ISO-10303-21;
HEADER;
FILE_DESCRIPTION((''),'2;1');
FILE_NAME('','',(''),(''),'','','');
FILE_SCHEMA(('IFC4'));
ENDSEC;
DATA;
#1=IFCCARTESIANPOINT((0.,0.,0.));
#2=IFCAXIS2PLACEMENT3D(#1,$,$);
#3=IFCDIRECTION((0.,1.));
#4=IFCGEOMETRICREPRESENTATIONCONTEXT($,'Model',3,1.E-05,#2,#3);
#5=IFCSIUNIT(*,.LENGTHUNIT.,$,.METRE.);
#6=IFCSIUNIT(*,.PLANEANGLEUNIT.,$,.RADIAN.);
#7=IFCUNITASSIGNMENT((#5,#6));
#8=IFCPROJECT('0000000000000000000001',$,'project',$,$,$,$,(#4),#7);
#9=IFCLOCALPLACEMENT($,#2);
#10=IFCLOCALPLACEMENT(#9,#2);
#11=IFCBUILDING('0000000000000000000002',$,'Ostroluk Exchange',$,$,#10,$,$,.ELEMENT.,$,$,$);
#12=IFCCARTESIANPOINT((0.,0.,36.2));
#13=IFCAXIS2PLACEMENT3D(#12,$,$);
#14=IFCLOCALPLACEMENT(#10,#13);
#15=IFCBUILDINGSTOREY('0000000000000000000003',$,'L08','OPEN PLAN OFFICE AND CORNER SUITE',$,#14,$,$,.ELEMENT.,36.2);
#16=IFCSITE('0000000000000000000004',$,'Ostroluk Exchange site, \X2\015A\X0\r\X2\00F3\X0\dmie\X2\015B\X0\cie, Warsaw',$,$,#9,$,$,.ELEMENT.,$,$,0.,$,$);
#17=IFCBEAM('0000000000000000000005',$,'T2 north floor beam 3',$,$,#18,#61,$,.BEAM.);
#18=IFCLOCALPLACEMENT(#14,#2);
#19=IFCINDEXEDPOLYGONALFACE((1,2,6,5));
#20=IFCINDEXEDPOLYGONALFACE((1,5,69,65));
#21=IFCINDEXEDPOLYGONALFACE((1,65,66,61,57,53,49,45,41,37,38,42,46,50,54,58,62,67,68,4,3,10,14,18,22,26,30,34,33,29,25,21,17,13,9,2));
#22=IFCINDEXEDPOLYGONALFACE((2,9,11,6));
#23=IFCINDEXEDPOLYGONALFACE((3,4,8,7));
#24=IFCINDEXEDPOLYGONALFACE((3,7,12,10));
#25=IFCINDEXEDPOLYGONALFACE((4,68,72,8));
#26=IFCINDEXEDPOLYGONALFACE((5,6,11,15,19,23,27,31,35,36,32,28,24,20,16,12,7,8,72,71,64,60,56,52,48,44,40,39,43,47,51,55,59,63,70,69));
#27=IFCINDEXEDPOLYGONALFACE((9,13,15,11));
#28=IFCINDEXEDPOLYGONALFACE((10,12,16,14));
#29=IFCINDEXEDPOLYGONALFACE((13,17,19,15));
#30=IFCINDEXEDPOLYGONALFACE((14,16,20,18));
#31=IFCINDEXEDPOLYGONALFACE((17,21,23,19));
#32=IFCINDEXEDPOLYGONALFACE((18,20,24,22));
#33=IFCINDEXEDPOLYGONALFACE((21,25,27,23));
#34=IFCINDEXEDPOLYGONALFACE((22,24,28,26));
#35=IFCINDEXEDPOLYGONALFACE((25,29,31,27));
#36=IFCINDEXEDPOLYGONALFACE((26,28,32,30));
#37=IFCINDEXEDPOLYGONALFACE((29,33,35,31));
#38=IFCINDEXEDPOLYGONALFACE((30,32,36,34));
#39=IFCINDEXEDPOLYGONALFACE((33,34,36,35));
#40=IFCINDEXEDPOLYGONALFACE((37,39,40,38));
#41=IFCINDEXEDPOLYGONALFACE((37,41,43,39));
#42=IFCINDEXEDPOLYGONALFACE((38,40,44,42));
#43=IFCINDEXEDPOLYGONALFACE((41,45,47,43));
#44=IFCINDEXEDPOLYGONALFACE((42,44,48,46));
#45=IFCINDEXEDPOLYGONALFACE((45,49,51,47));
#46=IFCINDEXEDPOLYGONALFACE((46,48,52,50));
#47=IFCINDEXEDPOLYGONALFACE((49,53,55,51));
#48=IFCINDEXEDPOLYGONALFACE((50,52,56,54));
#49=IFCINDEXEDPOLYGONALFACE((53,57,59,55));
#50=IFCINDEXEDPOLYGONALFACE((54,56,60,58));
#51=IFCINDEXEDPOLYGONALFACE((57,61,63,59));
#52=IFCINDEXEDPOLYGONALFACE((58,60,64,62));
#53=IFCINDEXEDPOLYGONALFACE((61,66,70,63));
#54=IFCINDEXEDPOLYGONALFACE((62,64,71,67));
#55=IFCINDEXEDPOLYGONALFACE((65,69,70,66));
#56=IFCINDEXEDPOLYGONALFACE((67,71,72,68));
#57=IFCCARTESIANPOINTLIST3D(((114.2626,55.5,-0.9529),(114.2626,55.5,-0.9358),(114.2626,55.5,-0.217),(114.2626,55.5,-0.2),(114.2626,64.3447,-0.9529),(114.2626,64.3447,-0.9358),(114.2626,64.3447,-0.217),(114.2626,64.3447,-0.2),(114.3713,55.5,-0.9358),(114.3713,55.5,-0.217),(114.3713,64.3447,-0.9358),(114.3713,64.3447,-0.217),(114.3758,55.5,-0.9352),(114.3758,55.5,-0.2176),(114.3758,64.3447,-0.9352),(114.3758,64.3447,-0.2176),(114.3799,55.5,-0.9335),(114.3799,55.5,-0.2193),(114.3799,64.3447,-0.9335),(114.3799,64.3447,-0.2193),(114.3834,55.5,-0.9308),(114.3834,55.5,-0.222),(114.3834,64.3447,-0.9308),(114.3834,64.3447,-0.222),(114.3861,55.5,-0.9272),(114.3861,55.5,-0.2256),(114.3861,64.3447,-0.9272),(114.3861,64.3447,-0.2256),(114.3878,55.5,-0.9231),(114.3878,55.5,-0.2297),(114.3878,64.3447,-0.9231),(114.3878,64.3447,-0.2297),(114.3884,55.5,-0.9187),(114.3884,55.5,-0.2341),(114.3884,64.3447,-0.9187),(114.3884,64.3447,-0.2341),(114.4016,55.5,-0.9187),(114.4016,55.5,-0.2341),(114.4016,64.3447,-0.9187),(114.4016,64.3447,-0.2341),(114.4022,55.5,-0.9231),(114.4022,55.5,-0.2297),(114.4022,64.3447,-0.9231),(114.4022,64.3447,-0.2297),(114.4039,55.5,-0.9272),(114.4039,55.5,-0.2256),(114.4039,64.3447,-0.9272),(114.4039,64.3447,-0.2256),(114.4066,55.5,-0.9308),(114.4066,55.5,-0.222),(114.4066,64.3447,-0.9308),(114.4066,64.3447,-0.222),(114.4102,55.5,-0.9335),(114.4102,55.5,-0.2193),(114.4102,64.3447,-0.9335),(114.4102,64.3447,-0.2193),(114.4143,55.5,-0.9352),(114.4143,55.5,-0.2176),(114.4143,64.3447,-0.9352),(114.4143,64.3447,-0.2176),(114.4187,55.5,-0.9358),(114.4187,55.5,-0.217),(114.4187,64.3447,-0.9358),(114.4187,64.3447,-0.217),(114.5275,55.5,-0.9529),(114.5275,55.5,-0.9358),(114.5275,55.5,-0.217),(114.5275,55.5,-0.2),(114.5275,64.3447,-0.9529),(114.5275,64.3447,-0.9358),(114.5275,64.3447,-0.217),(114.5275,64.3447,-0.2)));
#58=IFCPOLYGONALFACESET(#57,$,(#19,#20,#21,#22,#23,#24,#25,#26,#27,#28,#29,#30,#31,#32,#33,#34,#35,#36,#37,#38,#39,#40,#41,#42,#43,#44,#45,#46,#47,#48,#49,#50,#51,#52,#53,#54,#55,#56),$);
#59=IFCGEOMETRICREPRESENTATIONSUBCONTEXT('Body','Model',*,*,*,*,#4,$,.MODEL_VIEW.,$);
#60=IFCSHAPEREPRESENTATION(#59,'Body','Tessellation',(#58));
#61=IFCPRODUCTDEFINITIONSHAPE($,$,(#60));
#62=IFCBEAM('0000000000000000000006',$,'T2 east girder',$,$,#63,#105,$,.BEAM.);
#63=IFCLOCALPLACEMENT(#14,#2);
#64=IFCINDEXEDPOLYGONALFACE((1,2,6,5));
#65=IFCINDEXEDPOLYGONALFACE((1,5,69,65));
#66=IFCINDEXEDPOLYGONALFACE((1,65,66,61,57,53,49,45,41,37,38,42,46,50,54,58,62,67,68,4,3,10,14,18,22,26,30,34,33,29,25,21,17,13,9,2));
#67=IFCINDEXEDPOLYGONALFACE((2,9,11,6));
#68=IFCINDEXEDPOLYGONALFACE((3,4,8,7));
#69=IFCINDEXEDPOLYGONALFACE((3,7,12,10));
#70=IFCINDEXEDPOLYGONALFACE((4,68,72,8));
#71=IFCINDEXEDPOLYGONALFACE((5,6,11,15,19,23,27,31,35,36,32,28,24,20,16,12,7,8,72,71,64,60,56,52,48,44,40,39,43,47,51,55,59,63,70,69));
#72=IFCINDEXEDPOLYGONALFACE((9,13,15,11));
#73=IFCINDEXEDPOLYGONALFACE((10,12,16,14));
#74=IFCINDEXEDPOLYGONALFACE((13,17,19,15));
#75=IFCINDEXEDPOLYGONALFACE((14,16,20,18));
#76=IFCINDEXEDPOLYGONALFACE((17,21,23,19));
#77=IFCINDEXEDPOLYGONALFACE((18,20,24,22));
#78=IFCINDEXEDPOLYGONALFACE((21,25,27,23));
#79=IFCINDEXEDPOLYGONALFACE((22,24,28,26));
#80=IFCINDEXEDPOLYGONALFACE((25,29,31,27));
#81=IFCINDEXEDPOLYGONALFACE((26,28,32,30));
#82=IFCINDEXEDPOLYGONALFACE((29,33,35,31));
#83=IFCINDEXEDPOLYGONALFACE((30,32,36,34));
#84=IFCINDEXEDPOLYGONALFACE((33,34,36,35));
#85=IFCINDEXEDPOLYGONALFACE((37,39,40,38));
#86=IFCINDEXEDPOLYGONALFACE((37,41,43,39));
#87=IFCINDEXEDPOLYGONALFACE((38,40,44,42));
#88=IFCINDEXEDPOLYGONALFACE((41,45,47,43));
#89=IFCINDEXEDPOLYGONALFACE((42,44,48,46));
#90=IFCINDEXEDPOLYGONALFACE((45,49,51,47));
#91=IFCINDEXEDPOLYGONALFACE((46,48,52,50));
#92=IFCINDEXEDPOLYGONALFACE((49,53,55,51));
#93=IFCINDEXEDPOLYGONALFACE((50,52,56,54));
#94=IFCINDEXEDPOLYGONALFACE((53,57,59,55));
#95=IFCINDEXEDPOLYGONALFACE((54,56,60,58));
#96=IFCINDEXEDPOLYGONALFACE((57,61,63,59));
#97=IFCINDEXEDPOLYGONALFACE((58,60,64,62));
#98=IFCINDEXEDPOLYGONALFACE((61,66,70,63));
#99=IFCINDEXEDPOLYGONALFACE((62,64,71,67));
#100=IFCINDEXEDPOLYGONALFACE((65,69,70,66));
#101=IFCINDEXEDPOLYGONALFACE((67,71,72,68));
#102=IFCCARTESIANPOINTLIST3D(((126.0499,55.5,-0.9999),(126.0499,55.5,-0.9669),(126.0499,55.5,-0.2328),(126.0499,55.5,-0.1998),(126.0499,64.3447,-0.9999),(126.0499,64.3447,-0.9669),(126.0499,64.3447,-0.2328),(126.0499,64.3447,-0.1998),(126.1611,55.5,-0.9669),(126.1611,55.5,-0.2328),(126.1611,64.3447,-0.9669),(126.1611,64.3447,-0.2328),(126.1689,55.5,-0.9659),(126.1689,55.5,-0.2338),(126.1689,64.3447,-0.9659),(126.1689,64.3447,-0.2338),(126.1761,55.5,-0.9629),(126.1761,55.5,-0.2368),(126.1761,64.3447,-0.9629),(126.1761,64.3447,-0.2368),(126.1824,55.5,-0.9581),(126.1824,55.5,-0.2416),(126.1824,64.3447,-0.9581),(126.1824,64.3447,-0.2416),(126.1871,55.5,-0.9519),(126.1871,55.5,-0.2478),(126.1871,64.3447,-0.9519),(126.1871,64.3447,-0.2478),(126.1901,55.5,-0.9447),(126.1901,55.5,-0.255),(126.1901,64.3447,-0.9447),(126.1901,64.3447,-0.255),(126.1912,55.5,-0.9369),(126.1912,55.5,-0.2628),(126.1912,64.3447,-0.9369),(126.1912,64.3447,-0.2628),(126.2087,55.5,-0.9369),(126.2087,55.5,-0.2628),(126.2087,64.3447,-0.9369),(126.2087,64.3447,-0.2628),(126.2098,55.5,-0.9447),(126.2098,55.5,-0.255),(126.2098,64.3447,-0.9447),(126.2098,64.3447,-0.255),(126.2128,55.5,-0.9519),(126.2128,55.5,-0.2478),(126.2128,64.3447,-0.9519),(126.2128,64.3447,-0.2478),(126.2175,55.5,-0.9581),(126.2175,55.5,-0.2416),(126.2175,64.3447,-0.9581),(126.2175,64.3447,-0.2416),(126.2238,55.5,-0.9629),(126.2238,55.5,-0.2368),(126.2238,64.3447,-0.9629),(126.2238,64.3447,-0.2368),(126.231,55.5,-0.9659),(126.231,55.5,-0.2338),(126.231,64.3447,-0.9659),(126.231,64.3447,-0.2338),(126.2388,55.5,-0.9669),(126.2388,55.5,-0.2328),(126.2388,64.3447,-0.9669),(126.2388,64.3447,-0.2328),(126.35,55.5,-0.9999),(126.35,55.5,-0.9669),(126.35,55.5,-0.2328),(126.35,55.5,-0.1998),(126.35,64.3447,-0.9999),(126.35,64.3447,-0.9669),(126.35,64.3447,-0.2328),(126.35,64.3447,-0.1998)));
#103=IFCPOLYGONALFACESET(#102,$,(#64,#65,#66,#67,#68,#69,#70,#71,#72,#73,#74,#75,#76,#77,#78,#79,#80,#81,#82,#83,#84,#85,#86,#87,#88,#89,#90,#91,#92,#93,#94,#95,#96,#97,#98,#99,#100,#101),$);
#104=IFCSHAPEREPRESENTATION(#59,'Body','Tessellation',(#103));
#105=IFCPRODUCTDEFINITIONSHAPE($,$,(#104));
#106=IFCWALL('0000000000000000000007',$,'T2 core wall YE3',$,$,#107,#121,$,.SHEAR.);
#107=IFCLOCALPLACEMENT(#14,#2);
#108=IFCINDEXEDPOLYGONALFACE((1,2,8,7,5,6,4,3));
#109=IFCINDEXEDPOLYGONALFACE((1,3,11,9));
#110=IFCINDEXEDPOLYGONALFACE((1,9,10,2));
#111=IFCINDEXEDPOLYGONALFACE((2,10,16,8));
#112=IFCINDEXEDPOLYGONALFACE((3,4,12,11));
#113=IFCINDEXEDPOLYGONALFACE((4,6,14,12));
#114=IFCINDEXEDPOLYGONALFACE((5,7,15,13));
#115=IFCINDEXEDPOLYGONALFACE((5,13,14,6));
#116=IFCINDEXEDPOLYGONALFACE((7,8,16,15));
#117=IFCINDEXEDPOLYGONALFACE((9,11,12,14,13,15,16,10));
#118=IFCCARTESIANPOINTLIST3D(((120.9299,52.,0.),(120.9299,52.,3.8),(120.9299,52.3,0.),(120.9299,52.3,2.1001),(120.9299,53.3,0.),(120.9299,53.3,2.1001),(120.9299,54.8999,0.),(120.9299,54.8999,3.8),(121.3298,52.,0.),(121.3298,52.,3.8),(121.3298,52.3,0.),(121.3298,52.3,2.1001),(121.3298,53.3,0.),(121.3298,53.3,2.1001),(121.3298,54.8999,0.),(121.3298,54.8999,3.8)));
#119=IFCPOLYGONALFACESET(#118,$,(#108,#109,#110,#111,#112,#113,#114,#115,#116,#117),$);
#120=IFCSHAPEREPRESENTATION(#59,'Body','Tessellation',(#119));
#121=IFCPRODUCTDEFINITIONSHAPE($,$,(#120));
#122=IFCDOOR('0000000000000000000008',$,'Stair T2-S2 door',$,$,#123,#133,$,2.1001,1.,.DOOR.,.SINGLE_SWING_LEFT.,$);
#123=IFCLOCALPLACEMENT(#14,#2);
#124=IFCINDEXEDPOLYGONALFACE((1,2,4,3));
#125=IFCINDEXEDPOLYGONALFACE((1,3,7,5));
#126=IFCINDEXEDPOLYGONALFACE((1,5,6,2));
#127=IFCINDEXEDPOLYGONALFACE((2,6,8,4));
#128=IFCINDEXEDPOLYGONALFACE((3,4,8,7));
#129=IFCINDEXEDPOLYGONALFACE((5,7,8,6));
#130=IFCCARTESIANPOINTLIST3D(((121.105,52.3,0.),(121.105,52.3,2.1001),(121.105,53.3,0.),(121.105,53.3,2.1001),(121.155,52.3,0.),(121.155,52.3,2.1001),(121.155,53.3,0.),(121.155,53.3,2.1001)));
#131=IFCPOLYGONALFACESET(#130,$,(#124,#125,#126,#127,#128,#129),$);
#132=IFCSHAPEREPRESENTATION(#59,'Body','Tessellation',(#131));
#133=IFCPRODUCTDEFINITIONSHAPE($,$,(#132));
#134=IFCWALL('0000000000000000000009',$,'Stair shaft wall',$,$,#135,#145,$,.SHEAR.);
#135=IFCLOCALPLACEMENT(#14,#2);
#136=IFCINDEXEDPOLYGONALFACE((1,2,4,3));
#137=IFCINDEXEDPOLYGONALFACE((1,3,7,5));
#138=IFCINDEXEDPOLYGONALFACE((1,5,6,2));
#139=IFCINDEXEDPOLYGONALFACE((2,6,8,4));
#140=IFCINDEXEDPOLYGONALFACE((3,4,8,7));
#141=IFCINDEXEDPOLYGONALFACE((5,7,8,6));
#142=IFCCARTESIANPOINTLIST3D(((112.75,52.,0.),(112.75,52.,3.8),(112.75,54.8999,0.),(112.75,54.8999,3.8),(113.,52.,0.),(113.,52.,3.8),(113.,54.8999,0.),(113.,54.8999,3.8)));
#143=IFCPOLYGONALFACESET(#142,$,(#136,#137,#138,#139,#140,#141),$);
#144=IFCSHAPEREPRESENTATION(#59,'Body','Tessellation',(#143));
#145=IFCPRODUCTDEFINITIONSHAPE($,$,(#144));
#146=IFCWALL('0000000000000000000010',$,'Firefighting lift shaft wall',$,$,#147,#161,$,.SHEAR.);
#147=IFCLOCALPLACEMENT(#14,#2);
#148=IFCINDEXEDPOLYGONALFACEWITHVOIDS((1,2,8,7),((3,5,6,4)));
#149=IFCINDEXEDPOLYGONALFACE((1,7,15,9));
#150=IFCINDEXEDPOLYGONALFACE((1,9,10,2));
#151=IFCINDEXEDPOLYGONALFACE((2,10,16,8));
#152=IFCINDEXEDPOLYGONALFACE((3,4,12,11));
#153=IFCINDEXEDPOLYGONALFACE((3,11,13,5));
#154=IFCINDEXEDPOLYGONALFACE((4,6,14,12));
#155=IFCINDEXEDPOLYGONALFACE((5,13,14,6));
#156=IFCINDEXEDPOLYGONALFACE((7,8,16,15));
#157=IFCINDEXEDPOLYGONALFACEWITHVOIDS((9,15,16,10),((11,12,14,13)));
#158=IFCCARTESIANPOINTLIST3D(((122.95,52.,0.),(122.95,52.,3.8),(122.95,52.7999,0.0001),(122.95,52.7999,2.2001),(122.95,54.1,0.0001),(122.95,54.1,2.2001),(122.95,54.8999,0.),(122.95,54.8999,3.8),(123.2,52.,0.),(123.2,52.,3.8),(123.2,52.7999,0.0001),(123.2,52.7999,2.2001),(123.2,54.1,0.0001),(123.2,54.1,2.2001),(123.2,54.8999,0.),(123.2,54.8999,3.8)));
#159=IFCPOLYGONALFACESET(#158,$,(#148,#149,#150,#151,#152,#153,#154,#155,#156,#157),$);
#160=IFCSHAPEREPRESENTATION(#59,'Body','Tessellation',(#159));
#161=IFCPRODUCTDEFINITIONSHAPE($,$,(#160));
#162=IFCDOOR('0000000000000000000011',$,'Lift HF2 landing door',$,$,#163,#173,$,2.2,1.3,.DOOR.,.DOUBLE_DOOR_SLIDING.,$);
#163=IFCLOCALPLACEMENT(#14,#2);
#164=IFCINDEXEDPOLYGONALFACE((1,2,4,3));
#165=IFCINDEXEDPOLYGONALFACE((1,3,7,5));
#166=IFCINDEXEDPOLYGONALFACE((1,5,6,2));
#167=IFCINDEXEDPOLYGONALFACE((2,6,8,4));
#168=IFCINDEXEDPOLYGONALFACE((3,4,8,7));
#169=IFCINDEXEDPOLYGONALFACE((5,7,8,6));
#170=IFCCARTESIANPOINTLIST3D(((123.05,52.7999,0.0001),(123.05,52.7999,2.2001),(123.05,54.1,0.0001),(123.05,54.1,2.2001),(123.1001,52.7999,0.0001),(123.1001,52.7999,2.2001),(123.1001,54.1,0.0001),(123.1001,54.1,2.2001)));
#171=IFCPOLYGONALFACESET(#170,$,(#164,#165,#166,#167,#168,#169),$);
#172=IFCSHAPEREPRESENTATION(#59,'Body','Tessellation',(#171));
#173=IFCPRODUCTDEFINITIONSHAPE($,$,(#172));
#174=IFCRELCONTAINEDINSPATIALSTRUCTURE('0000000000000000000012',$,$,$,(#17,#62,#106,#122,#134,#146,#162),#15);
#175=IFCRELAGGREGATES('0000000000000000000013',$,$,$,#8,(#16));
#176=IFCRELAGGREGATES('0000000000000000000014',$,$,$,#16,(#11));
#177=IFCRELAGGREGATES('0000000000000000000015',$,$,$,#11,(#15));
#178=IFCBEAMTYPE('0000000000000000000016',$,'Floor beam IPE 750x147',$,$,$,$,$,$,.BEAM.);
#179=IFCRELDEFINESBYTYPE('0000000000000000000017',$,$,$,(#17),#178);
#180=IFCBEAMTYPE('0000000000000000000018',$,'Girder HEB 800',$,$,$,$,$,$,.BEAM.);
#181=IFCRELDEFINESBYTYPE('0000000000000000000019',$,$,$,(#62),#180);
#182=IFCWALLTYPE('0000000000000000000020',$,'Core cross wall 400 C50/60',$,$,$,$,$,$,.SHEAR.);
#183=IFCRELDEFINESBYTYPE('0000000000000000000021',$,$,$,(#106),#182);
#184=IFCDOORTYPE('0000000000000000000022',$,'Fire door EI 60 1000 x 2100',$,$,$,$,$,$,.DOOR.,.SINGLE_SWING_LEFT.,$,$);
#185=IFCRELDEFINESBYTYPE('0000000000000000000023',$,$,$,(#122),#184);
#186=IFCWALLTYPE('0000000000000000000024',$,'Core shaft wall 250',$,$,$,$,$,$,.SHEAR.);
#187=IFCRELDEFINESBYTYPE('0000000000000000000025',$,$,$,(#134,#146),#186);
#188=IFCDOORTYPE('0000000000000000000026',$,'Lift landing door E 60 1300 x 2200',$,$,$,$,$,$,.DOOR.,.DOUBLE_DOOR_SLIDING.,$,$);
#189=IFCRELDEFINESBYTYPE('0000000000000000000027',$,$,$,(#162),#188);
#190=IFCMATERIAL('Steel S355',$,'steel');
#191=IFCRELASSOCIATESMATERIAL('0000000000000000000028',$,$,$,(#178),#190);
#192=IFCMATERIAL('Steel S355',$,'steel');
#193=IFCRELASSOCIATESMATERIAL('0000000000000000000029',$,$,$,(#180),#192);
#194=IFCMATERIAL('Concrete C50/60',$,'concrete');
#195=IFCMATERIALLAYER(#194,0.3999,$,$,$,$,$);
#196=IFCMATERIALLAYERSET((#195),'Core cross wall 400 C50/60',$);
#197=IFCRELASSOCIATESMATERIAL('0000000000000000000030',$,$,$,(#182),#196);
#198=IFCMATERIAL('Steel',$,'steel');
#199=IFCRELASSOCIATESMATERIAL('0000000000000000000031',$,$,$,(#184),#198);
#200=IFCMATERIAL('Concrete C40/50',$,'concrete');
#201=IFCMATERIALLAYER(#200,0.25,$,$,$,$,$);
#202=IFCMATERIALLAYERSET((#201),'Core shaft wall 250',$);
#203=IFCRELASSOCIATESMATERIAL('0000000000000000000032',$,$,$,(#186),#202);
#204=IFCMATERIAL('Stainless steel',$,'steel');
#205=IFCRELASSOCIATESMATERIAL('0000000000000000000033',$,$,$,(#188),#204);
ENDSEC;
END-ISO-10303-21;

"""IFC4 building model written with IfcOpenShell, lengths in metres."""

from ifc_helpers import new_model, si_unit, direction, frame, frame_2d, origin, origin_2d, place, context, subcontext, project, spatial, rectangle, i_section, extrude, material, layer, layer_set, material_profile, profile_set, type_object, element, fill, save


model = new_model("IFC4")

# Units and contexts
model_context = context("Model", 3, precision=1e-05, world=origin(), true_north=direction((0.0, 1.0)))
body_context = subcontext(model_context, "Body", "Model", "MODEL_VIEW")
ifc_project = project(units=[si_unit("LENGTHUNIT", "METRE"), si_unit("PLANEANGLEUNIT", "RADIAN")], contexts=[model_context])

# Site, building, storey
site_placement = place(None, origin())
site = spatial("IfcSite", under=ifc_project, at=site_placement, Name="Ostroluk Exchange site, Śródmieście, Warsaw", CompositionType="ELEMENT", RefElevation=0.0)
building_placement = place(site_placement, origin())
building = spatial("IfcBuilding", under=site, at=building_placement, Name="Ostroluk Exchange", CompositionType="ELEMENT")
storey_placement = place(building_placement, frame((0.0, 0.0, 36.2)))
storey = spatial("IfcBuildingStorey", under=building, at=storey_placement, Name="L08", Description="OPEN PLAN OFFICE AND CORNER SUITE", CompositionType="ELEMENT", Elevation=36.2)

# Beams
ifc_material_1 = material(Name="Steel S355", Category="steel")
ifc_material_profile_1 = material_profile(ifc_material_1, i_section(OverallWidth=0.2649, OverallDepth=0.7529, WebThickness=0.0132, FlangeThickness=0.0171, FilletRadius=0.0171, at=origin_2d()), Name="IPE 750x147")
ifc_profile_set_1 = profile_set([ifc_material_profile_1], Name="Steel S355")
beam_type_1 = type_object("IfcBeamType", Name="Floor beam IPE 750x147", PredefinedType="BEAM", material=ifc_profile_set_1)
for number, where, z_axis, x_axis, name in (
    (1, (114.395, 55.5, -0.5764), (0.0, 1.0, 0.0), (-1.0, 0.0, 0.0), "T2 north floor beam 3"),
):
    element("IfcBeam", number, at=place(storey_placement, frame(where, z_axis=z_axis, x_axis=x_axis)), inside=storey, type_object=beam_type_1, Name=name, PredefinedType="BEAM", context=body_context, shape_type="SweptSolid", body=[
        extrude(i_section(OverallWidth=0.2649, OverallDepth=0.7529, WebThickness=0.0132, FlangeThickness=0.0171, FilletRadius=0.0171, at=origin_2d()), origin(), (0.0, 0.0, 1.0), 8.8447),
    ])
ifc_material_2 = material(Name="Steel S355", Category="steel")
ifc_material_profile_2 = material_profile(ifc_material_2, i_section(OverallWidth=0.3, OverallDepth=0.8, WebThickness=0.0176, FlangeThickness=0.033, FilletRadius=0.03, at=origin_2d()), Name="HEB 800")
ifc_profile_set_2 = profile_set([ifc_material_profile_2], Name="Steel S355")
beam_type_2 = type_object("IfcBeamType", Name="Girder HEB 800", PredefinedType="BEAM", material=ifc_profile_set_2)
beam_1_placement = place(storey_placement, frame((126.2, 55.5, -0.5999), z_axis=(0.0, 1.0, 0.0), x_axis=(-1.0, 0.0, 0.0)))
element("IfcBeam", 2, at=beam_1_placement, inside=storey, type_object=beam_type_2, Name="T2 east girder", PredefinedType="BEAM", context=body_context, shape_type="SweptSolid", body=[
    extrude(i_section(OverallWidth=0.3, OverallDepth=0.8, WebThickness=0.0176, FlangeThickness=0.033, FilletRadius=0.03, at=origin_2d()), origin(), (0.0, 0.0, 1.0), 8.8447),
])

# Wall, opening, door
ifc_material_3 = material(Name="Concrete C50/60", Category="concrete")
ifc_layer_1 = layer(ifc_material_3, 0.3999)
ifc_layer_set_1 = layer_set([ifc_layer_1], Name="Core cross wall 400 C50/60")
wall_type_1 = type_object("IfcWallType", Name="Core cross wall 400 C50/60", PredefinedType="SHEAR", material=ifc_layer_set_1)
wall_1_placement = place(storey_placement, frame((121.1299, 52.0, 0.0), z_axis=(0.0, 0.0, 1.0), x_axis=(0.0, 1.0, 0.0)))
wall_1 = element("IfcWall", 3, at=wall_1_placement, inside=storey, type_object=wall_type_1, Name="T2 core wall YE3", PredefinedType="SHEAR", context=body_context, shape_type="SweptSolid", body=[
    extrude(rectangle(XDim=2.8999, YDim=0.3999, at=frame_2d((1.45, 0.0))), origin(), (0.0, 0.0, 1.0), 3.8),
])
opening_1_placement = place(wall_1_placement, frame((0.3, 0.0, 0.0)))
opening_1 = element("IfcOpeningElement", 4, at=opening_1_placement, cuts=wall_1, PredefinedType="OPENING", context=body_context, shape_type="SweptSolid", body=[
    extrude(rectangle(XDim=1.0, YDim=2.1001, at=frame_2d((0.5, 1.05))), frame((0.0, 0.21, 0.0), z_axis=(0.0, -1.0, 0.0), x_axis=(1.0, 0.0, 0.0)), (0.0, 0.0, 1.0), 0.4199),
])
ifc_material_4 = material(Name="Steel", Category="steel")
door_type_1 = type_object("IfcDoorType", Name="Fire door EI 60 1000 x 2100", OperationType="SINGLE_SWING_LEFT", PredefinedType="DOOR", material=ifc_material_4)
door_1_placement = place(opening_1_placement, origin())
door_1 = element("IfcDoor", 5, at=door_1_placement, inside=storey, type_object=door_type_1, Name="Stair T2-S2 door", OperationType="SINGLE_SWING_LEFT", OverallHeight=2.1001, OverallWidth=1.0, PredefinedType="DOOR", context=body_context, shape_type="SweptSolid", body=[
    extrude(rectangle(XDim=1.0, YDim=2.1001, at=frame_2d((0.5, 1.05))), frame((0.0, 0.0249, 0.0), z_axis=(0.0, -1.0, 0.0), x_axis=(1.0, 0.0, 0.0)), (0.0, 0.0, 1.0), 0.05),
])
fill(opening_1, door_1)

# Wall
ifc_material_5 = material(Name="Concrete C40/50", Category="concrete")
ifc_layer_2 = layer(ifc_material_5, 0.25)
ifc_layer_set_2 = layer_set([ifc_layer_2], Name="Core shaft wall 250")
wall_type_2 = type_object("IfcWallType", Name="Core shaft wall 250", PredefinedType="SHEAR", material=ifc_layer_set_2)
wall_2_placement = place(storey_placement, frame((112.875, 52.0, 0.0), z_axis=(0.0, 0.0, 1.0), x_axis=(0.0, 1.0, 0.0)))
element("IfcWall", 6, at=wall_2_placement, inside=storey, type_object=wall_type_2, Name="Stair shaft wall", PredefinedType="SHEAR", context=body_context, shape_type="SweptSolid", body=[
    extrude(rectangle(XDim=2.8999, YDim=0.25, at=frame_2d((1.45, 0.0))), origin(), (0.0, 0.0, 1.0), 3.8),
])

# Wall, opening, door
wall_3_placement = place(storey_placement, frame((123.075, 52.0, 0.0), z_axis=(0.0, 0.0, 1.0), x_axis=(0.0, 1.0, 0.0)))
wall_3 = element("IfcWall", 7, at=wall_3_placement, inside=storey, type_object=wall_type_2, Name="Firefighting lift shaft wall", PredefinedType="SHEAR", context=body_context, shape_type="SweptSolid", body=[
    extrude(rectangle(XDim=2.8999, YDim=0.25, at=frame_2d((1.45, 0.0))), origin(), (0.0, 0.0, 1.0), 3.8),
])
opening_2_placement = place(wall_3_placement, frame((0.8, 0.0, 0.0)))
opening_2 = element("IfcOpeningElement", 8, at=opening_2_placement, cuts=wall_3, PredefinedType="OPENING", context=body_context, shape_type="SweptSolid", body=[
    extrude(rectangle(XDim=1.3, YDim=2.2, at=frame_2d((0.6499, 1.1001))), frame((0.0, 0.135, 0.0), z_axis=(0.0, -1.0, 0.0), x_axis=(1.0, 0.0, 0.0)), (0.0, 0.0, 1.0), 0.27),
])
ifc_material_6 = material(Name="Stainless steel", Category="steel")
door_type_2 = type_object("IfcDoorType", Name="Lift landing door E 60 1300 x 2200", OperationType="DOUBLE_DOOR_SLIDING", PredefinedType="DOOR", material=ifc_material_6)
door_2_placement = place(opening_2_placement, origin())
door_2 = element("IfcDoor", 9, at=door_2_placement, inside=storey, type_object=door_type_2, Name="Lift HF2 landing door", OperationType="DOUBLE_DOOR_SLIDING", OverallHeight=2.2, OverallWidth=1.3, PredefinedType="DOOR", context=body_context, shape_type="SweptSolid", body=[
    extrude(rectangle(XDim=1.3, YDim=2.2, at=frame_2d((0.6499, 1.1001))), frame((0.0, 0.0249, 0.0), z_axis=(0.0, -1.0, 0.0), x_axis=(1.0, 0.0, 0.0)), (0.0, 0.0, 1.0), 0.05),
])
fill(opening_2, door_2)

save(model, "model.ifc")
